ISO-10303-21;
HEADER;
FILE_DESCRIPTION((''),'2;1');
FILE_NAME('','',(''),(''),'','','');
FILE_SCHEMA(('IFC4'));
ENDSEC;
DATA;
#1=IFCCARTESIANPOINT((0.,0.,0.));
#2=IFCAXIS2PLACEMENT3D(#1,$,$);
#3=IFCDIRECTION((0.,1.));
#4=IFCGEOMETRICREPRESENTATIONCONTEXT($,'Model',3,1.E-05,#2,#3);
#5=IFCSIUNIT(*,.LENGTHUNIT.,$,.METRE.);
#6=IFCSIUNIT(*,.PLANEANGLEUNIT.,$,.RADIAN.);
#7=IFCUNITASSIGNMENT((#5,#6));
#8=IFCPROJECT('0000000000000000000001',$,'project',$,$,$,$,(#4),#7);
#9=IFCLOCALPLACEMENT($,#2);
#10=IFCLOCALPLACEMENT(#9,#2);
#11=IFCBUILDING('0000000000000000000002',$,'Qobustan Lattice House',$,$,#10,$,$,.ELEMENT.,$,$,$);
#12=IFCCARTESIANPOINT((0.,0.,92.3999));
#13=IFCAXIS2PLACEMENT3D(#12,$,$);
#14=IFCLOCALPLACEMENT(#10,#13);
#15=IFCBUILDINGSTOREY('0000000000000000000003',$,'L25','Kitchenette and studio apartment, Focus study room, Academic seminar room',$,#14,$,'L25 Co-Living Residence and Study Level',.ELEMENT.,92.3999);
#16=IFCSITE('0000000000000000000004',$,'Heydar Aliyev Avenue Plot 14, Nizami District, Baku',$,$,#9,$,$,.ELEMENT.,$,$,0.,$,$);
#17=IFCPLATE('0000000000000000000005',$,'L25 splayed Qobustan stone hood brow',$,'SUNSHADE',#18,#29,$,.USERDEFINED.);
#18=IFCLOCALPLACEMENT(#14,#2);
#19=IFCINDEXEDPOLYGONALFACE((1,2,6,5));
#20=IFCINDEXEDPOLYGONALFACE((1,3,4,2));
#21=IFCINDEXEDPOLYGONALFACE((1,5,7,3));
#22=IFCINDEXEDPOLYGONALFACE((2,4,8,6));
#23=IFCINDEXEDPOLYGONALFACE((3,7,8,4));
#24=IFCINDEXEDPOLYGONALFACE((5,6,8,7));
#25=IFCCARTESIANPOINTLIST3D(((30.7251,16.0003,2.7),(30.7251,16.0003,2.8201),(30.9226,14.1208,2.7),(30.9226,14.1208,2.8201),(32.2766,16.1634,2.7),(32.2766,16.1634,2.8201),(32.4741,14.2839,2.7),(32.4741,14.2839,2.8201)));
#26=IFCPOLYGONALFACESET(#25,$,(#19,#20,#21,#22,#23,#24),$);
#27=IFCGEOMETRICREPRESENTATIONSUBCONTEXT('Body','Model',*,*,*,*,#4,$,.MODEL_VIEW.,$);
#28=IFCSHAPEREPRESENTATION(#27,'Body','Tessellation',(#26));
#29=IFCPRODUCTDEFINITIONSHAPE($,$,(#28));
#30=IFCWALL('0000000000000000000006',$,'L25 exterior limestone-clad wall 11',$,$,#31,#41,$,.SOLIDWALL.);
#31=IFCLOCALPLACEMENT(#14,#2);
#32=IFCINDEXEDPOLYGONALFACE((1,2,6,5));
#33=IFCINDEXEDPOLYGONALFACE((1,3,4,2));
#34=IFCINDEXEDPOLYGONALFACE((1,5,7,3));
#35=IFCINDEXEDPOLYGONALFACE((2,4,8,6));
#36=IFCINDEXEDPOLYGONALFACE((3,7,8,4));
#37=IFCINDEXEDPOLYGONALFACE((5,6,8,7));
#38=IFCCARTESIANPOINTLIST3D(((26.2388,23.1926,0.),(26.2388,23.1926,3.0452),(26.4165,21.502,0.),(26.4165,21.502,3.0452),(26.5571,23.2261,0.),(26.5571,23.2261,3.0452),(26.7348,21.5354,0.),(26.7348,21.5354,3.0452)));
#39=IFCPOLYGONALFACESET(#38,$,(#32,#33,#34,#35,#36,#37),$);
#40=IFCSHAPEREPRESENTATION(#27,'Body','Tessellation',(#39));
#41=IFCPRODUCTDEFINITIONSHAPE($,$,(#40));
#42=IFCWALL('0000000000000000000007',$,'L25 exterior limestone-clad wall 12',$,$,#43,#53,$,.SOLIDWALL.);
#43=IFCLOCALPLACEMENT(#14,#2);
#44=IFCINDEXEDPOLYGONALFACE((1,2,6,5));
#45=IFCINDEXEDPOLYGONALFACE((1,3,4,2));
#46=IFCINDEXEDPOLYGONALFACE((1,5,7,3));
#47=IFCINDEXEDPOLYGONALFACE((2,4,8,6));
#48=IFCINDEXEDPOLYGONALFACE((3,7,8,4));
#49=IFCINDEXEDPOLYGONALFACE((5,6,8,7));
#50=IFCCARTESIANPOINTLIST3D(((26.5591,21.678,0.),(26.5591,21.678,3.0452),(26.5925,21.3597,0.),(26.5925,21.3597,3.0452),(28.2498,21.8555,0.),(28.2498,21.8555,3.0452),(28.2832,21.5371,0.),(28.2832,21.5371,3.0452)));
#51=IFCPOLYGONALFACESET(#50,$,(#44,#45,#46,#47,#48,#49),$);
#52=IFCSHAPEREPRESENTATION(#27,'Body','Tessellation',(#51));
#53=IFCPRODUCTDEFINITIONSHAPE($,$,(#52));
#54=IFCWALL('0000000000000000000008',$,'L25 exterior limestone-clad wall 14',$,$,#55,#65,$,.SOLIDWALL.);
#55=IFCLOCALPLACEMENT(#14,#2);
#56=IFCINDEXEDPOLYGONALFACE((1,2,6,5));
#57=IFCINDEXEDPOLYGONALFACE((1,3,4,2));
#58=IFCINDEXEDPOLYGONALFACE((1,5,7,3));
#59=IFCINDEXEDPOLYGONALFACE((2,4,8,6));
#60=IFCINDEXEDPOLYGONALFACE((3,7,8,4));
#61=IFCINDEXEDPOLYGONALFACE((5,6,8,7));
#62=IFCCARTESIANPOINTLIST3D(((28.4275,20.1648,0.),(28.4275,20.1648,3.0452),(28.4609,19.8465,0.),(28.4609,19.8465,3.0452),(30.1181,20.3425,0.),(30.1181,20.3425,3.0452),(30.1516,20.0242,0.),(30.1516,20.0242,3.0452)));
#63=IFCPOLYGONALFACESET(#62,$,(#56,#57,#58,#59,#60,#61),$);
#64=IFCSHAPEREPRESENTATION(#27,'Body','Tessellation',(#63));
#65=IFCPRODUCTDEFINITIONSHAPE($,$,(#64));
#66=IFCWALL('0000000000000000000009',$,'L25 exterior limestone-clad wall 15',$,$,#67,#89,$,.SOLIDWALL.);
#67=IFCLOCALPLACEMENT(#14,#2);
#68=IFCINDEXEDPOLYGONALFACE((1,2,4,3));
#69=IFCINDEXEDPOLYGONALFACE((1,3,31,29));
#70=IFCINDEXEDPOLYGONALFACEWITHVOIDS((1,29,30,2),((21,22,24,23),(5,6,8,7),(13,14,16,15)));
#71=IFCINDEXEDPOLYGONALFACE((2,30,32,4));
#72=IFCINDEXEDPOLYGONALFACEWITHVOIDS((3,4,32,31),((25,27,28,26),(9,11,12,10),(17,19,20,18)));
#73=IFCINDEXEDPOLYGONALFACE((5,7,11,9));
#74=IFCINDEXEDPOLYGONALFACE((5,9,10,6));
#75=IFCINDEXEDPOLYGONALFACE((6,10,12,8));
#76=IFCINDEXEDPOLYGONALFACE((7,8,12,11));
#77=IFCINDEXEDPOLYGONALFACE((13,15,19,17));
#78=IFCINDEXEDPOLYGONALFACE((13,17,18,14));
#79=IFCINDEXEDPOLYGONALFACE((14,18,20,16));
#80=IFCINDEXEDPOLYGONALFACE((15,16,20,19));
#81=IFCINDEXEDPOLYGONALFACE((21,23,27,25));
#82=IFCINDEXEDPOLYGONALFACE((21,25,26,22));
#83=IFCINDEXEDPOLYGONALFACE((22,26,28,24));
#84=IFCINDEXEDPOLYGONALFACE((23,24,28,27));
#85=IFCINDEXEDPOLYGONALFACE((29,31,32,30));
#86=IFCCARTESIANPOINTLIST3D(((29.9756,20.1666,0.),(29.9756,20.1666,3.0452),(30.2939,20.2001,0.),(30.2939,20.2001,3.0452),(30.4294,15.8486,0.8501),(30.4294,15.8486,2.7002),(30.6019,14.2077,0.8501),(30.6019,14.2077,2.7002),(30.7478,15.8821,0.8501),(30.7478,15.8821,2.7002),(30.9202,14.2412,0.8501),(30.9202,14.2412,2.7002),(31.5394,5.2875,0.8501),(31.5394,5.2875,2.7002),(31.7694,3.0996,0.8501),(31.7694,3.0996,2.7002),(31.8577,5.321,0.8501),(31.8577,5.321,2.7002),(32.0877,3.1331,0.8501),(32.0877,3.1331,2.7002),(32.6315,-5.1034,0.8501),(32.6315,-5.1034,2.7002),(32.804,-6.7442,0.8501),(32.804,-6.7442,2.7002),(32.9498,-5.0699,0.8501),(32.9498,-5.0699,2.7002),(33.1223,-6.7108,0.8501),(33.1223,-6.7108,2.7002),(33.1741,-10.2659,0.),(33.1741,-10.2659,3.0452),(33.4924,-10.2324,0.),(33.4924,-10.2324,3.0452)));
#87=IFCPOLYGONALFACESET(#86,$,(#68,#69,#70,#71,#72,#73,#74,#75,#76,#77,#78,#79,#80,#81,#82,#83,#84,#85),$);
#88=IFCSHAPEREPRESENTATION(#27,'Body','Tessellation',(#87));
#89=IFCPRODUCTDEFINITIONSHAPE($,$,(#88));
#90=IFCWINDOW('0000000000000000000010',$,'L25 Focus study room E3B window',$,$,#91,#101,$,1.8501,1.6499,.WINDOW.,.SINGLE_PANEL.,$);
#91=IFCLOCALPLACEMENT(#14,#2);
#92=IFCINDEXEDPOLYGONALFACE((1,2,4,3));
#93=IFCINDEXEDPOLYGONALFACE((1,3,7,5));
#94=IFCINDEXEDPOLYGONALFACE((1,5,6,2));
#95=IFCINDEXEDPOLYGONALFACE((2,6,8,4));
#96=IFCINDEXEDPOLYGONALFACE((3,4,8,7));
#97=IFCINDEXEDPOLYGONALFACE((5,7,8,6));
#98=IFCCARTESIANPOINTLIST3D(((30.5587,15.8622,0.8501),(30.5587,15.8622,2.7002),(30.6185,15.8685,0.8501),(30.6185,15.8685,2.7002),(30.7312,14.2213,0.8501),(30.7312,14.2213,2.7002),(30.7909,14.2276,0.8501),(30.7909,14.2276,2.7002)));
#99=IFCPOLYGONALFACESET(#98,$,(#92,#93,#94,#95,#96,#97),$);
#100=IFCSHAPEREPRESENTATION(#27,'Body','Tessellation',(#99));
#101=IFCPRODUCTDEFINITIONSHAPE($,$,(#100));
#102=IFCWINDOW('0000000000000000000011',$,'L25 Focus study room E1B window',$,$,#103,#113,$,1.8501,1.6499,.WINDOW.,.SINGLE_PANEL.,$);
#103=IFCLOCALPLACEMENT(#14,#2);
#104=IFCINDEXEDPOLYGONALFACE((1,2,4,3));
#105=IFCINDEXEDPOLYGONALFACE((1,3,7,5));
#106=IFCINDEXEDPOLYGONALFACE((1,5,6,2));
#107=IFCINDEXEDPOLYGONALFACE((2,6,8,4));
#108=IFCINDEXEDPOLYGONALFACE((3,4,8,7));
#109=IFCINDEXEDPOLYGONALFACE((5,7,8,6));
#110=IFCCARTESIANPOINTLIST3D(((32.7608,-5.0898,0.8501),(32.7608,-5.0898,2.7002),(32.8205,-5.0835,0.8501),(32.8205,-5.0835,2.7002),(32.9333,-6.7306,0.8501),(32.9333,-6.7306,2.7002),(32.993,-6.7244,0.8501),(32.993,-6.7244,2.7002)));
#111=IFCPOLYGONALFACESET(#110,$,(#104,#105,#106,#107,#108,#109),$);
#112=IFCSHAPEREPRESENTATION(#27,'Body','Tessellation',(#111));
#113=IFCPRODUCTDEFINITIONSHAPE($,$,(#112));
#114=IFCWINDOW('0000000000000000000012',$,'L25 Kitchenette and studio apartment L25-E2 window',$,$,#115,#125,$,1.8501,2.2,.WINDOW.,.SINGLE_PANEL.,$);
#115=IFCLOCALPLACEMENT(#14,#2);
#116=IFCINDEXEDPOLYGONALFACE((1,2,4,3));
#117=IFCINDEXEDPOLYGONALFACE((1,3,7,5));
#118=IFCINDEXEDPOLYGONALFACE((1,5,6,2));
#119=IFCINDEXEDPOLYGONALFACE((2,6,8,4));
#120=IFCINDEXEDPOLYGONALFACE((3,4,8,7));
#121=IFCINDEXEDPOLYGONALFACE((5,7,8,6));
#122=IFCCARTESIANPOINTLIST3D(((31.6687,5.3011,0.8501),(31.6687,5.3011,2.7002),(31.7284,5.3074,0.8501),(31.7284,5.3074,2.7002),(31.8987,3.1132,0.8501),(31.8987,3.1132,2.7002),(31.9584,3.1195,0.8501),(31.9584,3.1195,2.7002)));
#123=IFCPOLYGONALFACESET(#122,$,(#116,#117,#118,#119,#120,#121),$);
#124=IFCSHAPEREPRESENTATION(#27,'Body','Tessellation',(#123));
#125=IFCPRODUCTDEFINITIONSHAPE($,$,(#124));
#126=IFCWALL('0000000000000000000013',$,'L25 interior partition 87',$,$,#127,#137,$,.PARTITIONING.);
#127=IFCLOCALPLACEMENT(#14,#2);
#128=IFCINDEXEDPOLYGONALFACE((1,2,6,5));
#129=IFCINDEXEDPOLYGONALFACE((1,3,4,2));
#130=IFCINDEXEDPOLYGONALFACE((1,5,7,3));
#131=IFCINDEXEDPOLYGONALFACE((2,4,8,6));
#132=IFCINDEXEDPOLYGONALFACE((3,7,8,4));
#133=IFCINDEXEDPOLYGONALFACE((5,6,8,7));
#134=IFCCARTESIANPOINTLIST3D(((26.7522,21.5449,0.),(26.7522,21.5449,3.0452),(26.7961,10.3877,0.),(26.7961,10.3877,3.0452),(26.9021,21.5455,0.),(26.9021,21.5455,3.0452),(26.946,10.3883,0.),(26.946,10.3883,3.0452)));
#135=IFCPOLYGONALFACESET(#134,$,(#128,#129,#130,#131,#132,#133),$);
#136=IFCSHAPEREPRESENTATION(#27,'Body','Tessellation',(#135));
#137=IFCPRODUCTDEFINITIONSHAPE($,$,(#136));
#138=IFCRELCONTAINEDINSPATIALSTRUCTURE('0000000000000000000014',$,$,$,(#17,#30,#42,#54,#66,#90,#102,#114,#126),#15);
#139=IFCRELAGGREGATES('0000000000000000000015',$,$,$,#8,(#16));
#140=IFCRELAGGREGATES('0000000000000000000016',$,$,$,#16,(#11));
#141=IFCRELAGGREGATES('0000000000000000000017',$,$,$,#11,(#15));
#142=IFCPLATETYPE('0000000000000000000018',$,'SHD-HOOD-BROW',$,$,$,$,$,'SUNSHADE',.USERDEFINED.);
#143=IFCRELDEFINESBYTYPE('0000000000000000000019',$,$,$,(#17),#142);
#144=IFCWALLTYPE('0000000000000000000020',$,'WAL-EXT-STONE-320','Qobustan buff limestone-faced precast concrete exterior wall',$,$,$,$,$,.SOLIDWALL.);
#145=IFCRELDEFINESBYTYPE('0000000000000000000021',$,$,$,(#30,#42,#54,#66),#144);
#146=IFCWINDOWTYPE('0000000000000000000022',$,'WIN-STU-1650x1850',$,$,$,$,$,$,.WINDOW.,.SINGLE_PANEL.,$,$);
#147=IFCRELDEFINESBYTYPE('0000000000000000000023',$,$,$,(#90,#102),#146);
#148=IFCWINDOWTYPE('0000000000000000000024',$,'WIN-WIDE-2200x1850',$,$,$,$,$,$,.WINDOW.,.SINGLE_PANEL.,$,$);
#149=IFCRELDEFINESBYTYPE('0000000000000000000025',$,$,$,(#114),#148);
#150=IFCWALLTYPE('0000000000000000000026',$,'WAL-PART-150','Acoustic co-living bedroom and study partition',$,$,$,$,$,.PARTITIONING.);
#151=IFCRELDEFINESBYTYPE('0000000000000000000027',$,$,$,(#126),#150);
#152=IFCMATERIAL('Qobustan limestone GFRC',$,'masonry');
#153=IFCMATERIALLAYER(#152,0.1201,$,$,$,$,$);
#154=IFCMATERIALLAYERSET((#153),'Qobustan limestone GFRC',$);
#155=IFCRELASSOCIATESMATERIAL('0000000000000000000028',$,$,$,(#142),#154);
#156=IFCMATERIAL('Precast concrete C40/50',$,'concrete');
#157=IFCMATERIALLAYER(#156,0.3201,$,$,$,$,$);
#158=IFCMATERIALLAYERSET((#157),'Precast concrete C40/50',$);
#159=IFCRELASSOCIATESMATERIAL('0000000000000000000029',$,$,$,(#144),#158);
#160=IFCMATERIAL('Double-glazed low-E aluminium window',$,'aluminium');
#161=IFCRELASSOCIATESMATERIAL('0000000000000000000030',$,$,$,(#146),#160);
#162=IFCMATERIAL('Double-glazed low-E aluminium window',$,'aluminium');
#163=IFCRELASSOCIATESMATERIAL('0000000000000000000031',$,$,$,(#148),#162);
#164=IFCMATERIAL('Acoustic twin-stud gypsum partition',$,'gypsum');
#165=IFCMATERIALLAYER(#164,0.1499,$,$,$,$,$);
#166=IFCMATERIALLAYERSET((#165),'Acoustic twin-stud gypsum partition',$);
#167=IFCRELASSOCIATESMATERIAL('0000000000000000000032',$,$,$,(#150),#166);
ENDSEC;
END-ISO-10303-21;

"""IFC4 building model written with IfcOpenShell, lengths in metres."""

from ifc_helpers import new_model, si_unit, direction, frame, frame_2d, origin, origin_2d, place, context, subcontext, project, spatial, rectangle, extrude, material, layer, layer_set, type_object, element, fill, save


model = new_model("IFC4")

# Units and contexts
model_context = context("Model", 3, precision=1e-05, world=origin(), true_north=direction((0.0, 1.0)))
body_context = subcontext(model_context, "Body", "Model", "MODEL_VIEW")
ifc_project = project(units=[si_unit("LENGTHUNIT", "METRE"), si_unit("PLANEANGLEUNIT", "RADIAN")], contexts=[model_context])

# Site, building, storey
site_placement = place(None, origin())
site = spatial("IfcSite", under=ifc_project, at=site_placement, Name="Heydar Aliyev Avenue Plot 14, Nizami District, Baku", CompositionType="ELEMENT", RefElevation=0.0)
building_placement = place(site_placement, origin())
building = spatial("IfcBuilding", under=site, at=building_placement, Name="Qobustan Lattice House", CompositionType="ELEMENT")
storey_placement = place(building_placement, frame((0.0, 0.0, 92.3999)))
storey = spatial("IfcBuildingStorey", under=building, at=storey_placement, Name="L25", Description="Kitchenette and studio apartment, Focus study room, Academic seminar room", LongName="L25 Co-Living Residence and Study Level", CompositionType="ELEMENT", Elevation=92.3999)

# Plate
ifc_material_1 = material(Name="Qobustan limestone GFRC", Category="masonry")
ifc_layer_1 = layer(ifc_material_1, 0.1201)
ifc_layer_set_1 = layer_set([ifc_layer_1], Name="Qobustan limestone GFRC")
plate_type_1 = type_object("IfcPlateType", Name="SHD-HOOD-BROW", ElementType="SUNSHADE", PredefinedType="USERDEFINED", material=ifc_layer_set_1)
plate_1_placement = place(storey_placement, frame((31.5996, 15.1421, 2.7), z_axis=(0.0, 0.0, 1.0), x_axis=(0.104528, -0.994522, 0.0)))
element("IfcPlate", 1, at=plate_1_placement, inside=storey, type_object=plate_type_1, Name="L25 splayed Qobustan stone hood brow", ObjectType="SUNSHADE", PredefinedType="USERDEFINED", context=body_context, shape_type="SweptSolid", body=[
    extrude(rectangle(XDim=1.8899, YDim=1.5601, at=origin_2d()), origin(), (0.0, 0.0, 1.0), 0.1201),
])

# Walls
ifc_material_2 = material(Name="Precast concrete C40/50", Category="concrete")
ifc_layer_2 = layer(ifc_material_2, 0.3201)
ifc_layer_set_2 = layer_set([ifc_layer_2], Name="Precast concrete C40/50")
wall_type_1 = type_object("IfcWallType", Name="WAL-EXT-STONE-320", Description="Qobustan buff limestone-faced precast concrete exterior wall", PredefinedType="SOLIDWALL", material=ifc_layer_set_2)
for number, where, z_axis, x_axis, name in (
    (2, (26.3979, 23.2095, 0.0), (0.0, 0.0, 1.0), (0.10455, -0.99452, 0.0), "L25 exterior limestone-clad wall 11"),
    (3, (26.5757, 21.5188, 0.0), (0.0, 0.0, 1.0), (0.994535, 0.104408, 0.0), "L25 exterior limestone-clad wall 12"),
    (4, (28.4441, 20.0056, 0.0), (0.0, 0.0, 1.0), (0.99452, 0.10455, 0.0), "L25 exterior limestone-clad wall 14"),
):
    element("IfcWall", number, at=place(storey_placement, frame(where, z_axis=z_axis, x_axis=x_axis)), inside=storey, type_object=wall_type_1, Name=name, PredefinedType="SOLIDWALL", context=body_context, shape_type="SweptSolid", body=[
        extrude(rectangle(XDim=1.7, YDim=0.3201, at=frame_2d((0.8501, 0.0))), origin(), (0.0, 0.0, 1.0), 3.0452),
    ])

# Wall, openings, windows
wall_1_placement = place(storey_placement, frame((30.1348, 20.1833, 0.0), z_axis=(0.0, 0.0, 1.0), x_axis=(0.104526, -0.994522, 0.0)))
wall_1 = element("IfcWall", 5, at=wall_1_placement, inside=storey, type_object=wall_type_1, Name="L25 exterior limestone-clad wall 15", PredefinedType="SOLIDWALL", context=body_context, shape_type="SweptSolid", body=[
    extrude(rectangle(XDim=30.6001, YDim=0.3201, at=frame_2d((15.3, 0.0))), origin(), (0.0, 0.0, 1.0), 3.0452),
])
opening_1_placement = place(wall_1_placement, frame((4.3418, 0.0, 0.8501)))
opening_1 = element("IfcOpeningElement", 6, at=opening_1_placement, cuts=wall_1, PredefinedType="OPENING", context=body_context, shape_type="SweptSolid", body=[
    extrude(rectangle(XDim=1.6499, YDim=1.8501, at=frame_2d((0.825, 0.925))), frame((0.0, 0.1699, 0.0), z_axis=(0.0, -1.0, 0.0), x_axis=(1.0, 0.0, 0.0)), (0.0, 0.0, 1.0), 0.3401),
])
opening_2_placement = place(wall_1_placement, frame((14.9609, 0.0, 0.8501)))
opening_2 = element("IfcOpeningElement", 7, at=opening_2_placement, cuts=wall_1, PredefinedType="OPENING", context=body_context, shape_type="SweptSolid", body=[
    extrude(rectangle(XDim=2.2, YDim=1.8501, at=frame_2d((1.1001, 0.925))), frame((0.0, 0.1699, 0.0), z_axis=(0.0, -1.0, 0.0), x_axis=(1.0, 0.0, 0.0)), (0.0, 0.0, 1.0), 0.3401),
])
opening_3_placement = place(wall_1_placement, frame((25.4092, 0.0, 0.8501)))
opening_3 = element("IfcOpeningElement", 8, at=opening_3_placement, cuts=wall_1, PredefinedType="OPENING", context=body_context, shape_type="SweptSolid", body=[
    extrude(rectangle(XDim=1.6499, YDim=1.8501, at=frame_2d((0.825, 0.925))), frame((0.0, 0.1699, 0.0), z_axis=(0.0, -1.0, 0.0), x_axis=(1.0, 0.0, 0.0)), (0.0, 0.0, 1.0), 0.3401),
])
ifc_material_3 = material(Name="Double-glazed low-E aluminium window", Category="aluminium")
window_type_1 = type_object("IfcWindowType", Name="WIN-STU-1650x1850", PartitioningType="SINGLE_PANEL", PredefinedType="WINDOW", material=ifc_material_3)
window_1_placement = place(opening_1_placement, origin())
window_1 = element("IfcWindow", 9, at=window_1_placement, inside=storey, type_object=window_type_1, Name="L25 Focus study room E3B window", OverallHeight=1.8501, OverallWidth=1.6499, PartitioningType="SINGLE_PANEL", PredefinedType="WINDOW", context=body_context, shape_type="SweptSolid", body=[
    extrude(rectangle(XDim=1.6499, YDim=1.8501, at=frame_2d((0.825, 0.925))), frame((0.0, 0.03, 0.0), z_axis=(0.0, -1.0, 0.0), x_axis=(1.0, 0.0, 0.0)), (0.0, 0.0, 1.0), 0.0601),
])
fill(opening_1, window_1)
window_2_placement = place(opening_3_placement, origin())
window_2 = element("IfcWindow", 10, at=window_2_placement, inside=storey, type_object=window_type_1, Name="L25 Focus study room E1B window", OverallHeight=1.8501, OverallWidth=1.6499, PartitioningType="SINGLE_PANEL", PredefinedType="WINDOW", context=body_context, shape_type="SweptSolid", body=[
    extrude(rectangle(XDim=1.6499, YDim=1.8501, at=frame_2d((0.825, 0.925))), frame((0.0, 0.03, 0.0), z_axis=(0.0, -1.0, 0.0), x_axis=(1.0, 0.0, 0.0)), (0.0, 0.0, 1.0), 0.0601),
])
fill(opening_3, window_2)
ifc_material_4 = material(Name="Double-glazed low-E aluminium window", Category="aluminium")
window_type_2 = type_object("IfcWindowType", Name="WIN-WIDE-2200x1850", PartitioningType="SINGLE_PANEL", PredefinedType="WINDOW", material=ifc_material_4)
window_3_placement = place(opening_2_placement, origin())
window_3 = element("IfcWindow", 11, at=window_3_placement, inside=storey, type_object=window_type_2, Name="L25 Kitchenette and studio apartment L25-E2 window", OverallHeight=1.8501, OverallWidth=2.2, PartitioningType="SINGLE_PANEL", PredefinedType="WINDOW", context=body_context, shape_type="SweptSolid", body=[
    extrude(rectangle(XDim=2.2, YDim=1.8501, at=frame_2d((1.1001, 0.925))), frame((0.0, 0.03, 0.0), z_axis=(0.0, -1.0, 0.0), x_axis=(1.0, 0.0, 0.0)), (0.0, 0.0, 1.0), 0.0601),
])
fill(opening_2, window_3)

# Wall
ifc_material_5 = material(Name="Acoustic twin-stud gypsum partition", Category="gypsum")
ifc_layer_3 = layer(ifc_material_5, 0.1499)
ifc_layer_set_3 = layer_set([ifc_layer_3], Name="Acoustic twin-stud gypsum partition")
wall_type_2 = type_object("IfcWallType", Name="WAL-PART-150", Description="Acoustic co-living bedroom and study partition", PredefinedType="PARTITIONING", material=ifc_layer_set_3)
wall_2_placement = place(storey_placement, frame((26.8271, 21.5452, 0.0), z_axis=(0.0, 0.0, 1.0), x_axis=(0.003939, -0.999992, 0.0)))
element("IfcWall", 12, at=wall_2_placement, inside=storey, type_object=wall_type_2, Name="L25 interior partition 87", PredefinedType="PARTITIONING", context=body_context, shape_type="SweptSolid", body=[
    extrude(rectangle(XDim=11.1572, YDim=0.1499, at=frame_2d((5.5786, 0.0))), origin(), (0.0, 0.0, 1.0), 3.0452),
])

save(model, "model.ifc")
